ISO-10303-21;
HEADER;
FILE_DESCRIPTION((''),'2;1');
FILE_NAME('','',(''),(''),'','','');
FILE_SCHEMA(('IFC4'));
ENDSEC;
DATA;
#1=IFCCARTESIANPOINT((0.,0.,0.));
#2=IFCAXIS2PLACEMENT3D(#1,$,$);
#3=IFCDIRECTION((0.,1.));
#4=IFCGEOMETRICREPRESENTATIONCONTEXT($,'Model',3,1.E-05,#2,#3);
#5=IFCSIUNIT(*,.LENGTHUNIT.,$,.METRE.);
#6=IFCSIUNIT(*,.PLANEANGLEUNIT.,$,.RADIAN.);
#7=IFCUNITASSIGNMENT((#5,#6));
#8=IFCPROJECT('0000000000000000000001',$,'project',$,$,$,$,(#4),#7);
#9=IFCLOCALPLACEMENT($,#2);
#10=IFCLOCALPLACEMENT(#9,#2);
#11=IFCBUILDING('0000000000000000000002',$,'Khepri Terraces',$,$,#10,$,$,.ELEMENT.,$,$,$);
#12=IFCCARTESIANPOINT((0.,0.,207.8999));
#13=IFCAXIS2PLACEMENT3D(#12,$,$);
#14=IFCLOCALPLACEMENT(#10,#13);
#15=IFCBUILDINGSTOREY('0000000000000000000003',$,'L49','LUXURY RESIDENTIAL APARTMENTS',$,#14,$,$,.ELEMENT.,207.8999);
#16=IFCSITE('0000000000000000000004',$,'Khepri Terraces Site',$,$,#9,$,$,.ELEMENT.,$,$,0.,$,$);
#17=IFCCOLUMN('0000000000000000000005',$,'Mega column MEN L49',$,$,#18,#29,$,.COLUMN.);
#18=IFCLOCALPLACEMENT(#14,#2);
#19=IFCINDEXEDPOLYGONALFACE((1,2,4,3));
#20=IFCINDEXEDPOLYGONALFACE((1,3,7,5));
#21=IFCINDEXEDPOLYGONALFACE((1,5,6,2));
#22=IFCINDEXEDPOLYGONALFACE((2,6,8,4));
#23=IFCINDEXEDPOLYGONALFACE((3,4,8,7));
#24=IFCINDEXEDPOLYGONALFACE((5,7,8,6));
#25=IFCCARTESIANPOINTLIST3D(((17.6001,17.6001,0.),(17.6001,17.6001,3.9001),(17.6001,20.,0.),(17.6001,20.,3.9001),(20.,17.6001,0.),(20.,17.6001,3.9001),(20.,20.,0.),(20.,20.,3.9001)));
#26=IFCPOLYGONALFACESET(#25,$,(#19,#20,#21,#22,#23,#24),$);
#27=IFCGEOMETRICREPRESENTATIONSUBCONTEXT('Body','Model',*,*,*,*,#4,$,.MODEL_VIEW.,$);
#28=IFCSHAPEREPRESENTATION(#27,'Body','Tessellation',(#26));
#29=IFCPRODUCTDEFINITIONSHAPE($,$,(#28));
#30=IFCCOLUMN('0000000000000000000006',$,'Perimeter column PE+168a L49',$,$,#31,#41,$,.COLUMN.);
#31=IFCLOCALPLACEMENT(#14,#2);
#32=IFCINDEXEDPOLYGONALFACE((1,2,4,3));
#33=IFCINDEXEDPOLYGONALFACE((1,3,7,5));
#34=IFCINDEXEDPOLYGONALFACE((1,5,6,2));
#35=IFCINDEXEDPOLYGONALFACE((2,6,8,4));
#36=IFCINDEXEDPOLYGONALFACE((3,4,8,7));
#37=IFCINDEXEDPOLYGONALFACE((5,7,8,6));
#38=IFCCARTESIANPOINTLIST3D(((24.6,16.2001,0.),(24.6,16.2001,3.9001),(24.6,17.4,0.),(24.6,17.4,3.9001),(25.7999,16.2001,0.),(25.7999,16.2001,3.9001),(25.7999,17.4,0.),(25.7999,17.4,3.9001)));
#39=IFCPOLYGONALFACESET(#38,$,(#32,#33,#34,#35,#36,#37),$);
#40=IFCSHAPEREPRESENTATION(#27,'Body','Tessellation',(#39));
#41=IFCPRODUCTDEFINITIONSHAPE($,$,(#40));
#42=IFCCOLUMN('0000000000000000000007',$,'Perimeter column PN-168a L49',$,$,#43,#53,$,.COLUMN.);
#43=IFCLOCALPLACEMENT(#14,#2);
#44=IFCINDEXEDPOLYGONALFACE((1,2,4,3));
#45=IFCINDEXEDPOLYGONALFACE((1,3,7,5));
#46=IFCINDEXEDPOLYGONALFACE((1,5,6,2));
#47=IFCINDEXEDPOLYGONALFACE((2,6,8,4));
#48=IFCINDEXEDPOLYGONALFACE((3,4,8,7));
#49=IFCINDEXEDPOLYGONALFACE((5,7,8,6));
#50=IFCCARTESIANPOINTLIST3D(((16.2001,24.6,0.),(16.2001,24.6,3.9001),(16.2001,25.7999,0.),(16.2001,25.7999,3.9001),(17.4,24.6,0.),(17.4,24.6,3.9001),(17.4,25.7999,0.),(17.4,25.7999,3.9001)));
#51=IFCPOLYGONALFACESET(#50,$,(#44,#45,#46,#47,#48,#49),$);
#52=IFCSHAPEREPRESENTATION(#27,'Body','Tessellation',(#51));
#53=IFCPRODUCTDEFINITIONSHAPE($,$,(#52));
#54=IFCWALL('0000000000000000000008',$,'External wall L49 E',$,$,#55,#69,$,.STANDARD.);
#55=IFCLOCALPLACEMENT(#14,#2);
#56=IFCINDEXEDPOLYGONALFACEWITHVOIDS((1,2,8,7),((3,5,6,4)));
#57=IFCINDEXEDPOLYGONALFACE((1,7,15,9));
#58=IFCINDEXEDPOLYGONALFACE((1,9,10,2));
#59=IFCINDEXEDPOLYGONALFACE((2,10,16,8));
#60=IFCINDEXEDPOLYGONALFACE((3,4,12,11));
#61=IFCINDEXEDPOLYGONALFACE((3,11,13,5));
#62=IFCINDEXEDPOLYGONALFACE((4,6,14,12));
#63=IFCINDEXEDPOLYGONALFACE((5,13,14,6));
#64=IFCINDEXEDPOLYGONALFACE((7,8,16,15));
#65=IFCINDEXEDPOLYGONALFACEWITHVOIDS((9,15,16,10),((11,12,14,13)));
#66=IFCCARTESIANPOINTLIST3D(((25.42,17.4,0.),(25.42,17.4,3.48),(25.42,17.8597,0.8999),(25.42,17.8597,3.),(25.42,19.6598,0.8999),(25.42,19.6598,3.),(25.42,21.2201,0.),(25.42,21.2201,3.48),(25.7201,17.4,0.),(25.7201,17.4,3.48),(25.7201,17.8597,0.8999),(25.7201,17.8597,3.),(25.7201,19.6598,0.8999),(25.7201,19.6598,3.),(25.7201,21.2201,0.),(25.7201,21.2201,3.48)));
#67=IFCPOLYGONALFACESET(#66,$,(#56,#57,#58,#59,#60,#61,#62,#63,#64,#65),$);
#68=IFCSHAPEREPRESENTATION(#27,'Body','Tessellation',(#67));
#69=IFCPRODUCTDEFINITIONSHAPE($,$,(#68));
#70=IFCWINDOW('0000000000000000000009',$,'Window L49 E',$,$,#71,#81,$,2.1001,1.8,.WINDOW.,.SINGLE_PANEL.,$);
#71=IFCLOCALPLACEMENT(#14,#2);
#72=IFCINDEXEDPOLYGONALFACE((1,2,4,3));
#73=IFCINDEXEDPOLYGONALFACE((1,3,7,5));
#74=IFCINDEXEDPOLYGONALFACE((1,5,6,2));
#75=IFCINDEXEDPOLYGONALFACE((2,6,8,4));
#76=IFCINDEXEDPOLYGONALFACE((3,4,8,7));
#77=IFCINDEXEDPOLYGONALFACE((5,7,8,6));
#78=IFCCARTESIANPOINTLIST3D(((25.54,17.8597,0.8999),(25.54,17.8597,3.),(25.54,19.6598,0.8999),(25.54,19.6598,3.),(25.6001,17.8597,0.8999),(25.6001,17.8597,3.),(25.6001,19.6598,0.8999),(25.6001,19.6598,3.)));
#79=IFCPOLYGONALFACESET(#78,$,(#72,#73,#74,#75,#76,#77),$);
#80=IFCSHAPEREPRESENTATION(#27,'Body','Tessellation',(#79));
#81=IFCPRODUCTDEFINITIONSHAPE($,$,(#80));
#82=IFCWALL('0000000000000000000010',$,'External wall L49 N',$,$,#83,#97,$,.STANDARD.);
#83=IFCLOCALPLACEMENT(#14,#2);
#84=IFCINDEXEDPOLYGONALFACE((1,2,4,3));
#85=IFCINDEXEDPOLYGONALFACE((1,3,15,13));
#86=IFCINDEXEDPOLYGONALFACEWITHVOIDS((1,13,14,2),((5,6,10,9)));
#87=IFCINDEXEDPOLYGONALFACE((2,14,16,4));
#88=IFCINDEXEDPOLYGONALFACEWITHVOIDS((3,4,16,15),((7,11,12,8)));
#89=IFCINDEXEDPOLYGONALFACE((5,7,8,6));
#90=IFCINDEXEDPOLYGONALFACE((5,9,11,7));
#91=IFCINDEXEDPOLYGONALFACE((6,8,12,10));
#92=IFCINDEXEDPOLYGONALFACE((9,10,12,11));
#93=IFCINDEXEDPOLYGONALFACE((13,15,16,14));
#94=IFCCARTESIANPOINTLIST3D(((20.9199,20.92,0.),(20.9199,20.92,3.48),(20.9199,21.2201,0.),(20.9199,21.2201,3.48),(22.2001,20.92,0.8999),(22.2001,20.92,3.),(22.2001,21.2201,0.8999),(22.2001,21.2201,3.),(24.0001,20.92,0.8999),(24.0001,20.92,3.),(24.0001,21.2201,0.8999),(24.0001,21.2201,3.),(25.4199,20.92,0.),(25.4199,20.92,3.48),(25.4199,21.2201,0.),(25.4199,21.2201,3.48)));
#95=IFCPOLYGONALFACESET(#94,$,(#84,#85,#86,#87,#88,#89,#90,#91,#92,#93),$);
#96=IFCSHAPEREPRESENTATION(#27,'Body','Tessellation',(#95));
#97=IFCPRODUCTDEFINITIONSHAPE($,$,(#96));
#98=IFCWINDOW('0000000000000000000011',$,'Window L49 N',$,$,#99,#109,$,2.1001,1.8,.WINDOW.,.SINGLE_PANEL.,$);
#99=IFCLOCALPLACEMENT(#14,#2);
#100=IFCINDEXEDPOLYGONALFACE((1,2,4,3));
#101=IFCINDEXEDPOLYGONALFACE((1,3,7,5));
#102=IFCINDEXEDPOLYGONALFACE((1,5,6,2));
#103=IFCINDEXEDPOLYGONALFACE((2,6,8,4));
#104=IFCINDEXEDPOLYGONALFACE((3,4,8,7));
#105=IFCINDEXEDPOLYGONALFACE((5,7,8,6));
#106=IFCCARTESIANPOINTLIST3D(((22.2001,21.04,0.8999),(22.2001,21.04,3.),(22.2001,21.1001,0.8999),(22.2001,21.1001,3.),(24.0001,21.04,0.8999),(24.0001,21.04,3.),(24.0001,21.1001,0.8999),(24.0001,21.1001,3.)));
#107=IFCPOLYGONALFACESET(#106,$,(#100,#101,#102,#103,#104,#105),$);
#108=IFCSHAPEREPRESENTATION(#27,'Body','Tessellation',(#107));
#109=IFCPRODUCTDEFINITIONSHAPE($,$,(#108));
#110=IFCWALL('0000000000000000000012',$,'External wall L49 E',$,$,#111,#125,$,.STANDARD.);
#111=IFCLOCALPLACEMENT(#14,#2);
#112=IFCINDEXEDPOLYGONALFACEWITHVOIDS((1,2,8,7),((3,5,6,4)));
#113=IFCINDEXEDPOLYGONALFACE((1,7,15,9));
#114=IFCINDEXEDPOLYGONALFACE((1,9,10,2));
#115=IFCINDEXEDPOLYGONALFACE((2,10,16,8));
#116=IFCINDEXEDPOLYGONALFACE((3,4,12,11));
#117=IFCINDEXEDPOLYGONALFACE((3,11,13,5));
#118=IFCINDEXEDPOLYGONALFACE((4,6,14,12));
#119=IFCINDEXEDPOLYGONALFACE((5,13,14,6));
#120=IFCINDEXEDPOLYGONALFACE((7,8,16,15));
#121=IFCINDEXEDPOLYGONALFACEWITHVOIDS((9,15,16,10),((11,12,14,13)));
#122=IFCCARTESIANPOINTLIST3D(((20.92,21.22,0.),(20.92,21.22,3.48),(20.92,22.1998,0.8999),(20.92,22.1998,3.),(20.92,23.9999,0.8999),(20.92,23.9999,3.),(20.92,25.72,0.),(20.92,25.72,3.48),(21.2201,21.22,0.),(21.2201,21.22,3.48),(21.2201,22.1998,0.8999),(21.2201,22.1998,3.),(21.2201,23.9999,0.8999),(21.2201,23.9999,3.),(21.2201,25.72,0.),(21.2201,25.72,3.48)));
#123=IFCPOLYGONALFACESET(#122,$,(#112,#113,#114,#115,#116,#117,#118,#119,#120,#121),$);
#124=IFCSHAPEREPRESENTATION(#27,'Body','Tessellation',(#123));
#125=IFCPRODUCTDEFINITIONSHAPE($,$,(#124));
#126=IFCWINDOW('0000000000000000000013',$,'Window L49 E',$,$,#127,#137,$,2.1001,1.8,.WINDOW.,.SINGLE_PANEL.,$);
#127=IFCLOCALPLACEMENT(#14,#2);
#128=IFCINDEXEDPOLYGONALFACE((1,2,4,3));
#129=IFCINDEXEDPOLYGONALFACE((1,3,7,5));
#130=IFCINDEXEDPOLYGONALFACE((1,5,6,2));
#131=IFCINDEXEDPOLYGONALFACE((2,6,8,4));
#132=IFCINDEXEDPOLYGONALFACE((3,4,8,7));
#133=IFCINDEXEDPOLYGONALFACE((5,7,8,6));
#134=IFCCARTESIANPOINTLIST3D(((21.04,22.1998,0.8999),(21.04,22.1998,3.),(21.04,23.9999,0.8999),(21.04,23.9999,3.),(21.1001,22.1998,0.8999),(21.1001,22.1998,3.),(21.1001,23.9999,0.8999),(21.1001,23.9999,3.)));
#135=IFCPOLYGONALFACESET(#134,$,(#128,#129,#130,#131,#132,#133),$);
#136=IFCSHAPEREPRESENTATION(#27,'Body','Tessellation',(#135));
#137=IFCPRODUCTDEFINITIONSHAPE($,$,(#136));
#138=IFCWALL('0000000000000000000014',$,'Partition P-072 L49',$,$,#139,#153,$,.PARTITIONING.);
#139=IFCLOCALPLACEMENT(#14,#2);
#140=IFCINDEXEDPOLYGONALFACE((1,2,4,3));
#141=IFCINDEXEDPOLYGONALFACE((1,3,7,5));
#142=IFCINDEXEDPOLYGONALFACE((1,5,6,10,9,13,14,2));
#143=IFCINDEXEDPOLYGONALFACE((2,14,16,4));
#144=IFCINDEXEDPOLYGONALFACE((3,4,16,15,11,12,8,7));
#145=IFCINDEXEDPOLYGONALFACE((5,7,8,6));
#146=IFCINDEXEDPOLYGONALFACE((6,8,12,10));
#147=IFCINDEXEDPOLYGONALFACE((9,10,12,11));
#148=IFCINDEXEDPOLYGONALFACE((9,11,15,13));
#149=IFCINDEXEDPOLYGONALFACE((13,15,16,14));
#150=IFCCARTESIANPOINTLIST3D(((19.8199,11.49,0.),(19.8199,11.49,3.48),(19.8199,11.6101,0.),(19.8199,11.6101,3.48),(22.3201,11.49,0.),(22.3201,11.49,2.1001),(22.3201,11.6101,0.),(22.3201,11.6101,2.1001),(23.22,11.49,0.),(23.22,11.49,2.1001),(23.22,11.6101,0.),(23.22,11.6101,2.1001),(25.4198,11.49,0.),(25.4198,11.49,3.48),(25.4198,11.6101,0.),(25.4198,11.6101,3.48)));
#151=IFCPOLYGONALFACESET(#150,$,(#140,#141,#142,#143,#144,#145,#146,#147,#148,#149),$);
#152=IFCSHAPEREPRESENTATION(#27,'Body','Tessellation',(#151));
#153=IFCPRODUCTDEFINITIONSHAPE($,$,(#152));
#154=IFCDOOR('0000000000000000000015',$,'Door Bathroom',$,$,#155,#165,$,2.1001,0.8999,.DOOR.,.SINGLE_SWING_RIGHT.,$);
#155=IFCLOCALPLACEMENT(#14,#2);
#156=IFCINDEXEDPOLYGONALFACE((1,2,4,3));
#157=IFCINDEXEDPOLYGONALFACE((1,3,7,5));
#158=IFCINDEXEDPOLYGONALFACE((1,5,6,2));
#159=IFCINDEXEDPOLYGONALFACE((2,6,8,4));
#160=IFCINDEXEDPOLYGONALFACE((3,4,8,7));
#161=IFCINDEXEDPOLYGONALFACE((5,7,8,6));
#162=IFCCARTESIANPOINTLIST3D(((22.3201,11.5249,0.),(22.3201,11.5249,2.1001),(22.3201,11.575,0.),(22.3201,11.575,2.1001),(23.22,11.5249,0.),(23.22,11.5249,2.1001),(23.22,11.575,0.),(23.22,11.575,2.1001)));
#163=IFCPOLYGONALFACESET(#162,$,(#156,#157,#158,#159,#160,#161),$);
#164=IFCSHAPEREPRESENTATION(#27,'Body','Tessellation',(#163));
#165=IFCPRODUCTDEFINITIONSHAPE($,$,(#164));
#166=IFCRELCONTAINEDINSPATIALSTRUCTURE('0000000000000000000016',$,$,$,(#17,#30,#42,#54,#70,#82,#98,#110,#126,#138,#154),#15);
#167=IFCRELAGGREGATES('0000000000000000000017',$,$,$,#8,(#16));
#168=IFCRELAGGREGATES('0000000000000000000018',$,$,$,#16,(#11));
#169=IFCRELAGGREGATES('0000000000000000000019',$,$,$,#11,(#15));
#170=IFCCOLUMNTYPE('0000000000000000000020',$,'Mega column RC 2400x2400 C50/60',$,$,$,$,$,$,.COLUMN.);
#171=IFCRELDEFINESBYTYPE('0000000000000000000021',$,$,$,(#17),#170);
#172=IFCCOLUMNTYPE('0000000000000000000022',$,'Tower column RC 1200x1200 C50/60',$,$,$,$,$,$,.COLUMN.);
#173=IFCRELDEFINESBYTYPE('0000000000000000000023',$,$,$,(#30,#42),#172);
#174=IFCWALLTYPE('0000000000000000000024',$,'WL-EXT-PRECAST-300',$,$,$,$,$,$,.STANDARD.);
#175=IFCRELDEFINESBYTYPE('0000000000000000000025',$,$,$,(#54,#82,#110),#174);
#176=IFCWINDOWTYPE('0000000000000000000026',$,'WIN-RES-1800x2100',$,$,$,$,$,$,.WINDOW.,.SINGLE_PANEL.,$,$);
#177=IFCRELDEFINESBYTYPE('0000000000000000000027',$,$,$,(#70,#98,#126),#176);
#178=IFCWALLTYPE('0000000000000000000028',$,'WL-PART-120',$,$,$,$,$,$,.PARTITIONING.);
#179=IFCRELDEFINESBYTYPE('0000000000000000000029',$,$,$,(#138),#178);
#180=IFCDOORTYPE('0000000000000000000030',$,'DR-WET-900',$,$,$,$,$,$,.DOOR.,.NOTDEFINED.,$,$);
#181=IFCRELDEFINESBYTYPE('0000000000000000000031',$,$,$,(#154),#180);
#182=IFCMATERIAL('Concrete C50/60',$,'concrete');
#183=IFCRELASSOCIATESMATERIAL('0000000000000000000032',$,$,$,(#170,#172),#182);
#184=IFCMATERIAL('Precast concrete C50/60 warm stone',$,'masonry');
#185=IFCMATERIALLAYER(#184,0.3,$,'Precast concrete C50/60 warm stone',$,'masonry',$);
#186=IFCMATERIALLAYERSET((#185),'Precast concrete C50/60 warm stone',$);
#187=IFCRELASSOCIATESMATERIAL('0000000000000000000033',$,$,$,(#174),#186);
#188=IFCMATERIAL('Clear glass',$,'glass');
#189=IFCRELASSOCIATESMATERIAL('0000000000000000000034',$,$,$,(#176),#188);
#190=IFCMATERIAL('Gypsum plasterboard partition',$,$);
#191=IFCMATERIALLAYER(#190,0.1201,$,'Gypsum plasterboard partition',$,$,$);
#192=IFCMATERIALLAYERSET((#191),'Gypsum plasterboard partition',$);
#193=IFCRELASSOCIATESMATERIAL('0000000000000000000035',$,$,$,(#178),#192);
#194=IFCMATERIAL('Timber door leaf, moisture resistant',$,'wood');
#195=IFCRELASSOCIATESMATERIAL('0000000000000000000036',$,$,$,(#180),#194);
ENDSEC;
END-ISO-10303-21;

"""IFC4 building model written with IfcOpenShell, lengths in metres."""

from ifc_helpers import new_model, si_unit, direction, frame, frame_2d, origin, origin_2d, place, context, subcontext, project, spatial, rectangle, extrude, material, layer, layer_set, material_profile, profile_set, type_object, element, fill, save


model = new_model("IFC4")

# Units and contexts
model_context = context("Model", 3, precision=1e-05, world=origin(), true_north=direction((0.0, 1.0)))
body_context = subcontext(model_context, "Body", "Model", "MODEL_VIEW")
ifc_project = project(units=[si_unit("LENGTHUNIT", "METRE"), si_unit("PLANEANGLEUNIT", "RADIAN")], contexts=[model_context])

# Site, building, storey
site_placement = place(None, origin())
site = spatial("IfcSite", under=ifc_project, at=site_placement, Name="Khepri Terraces Site", CompositionType="ELEMENT", RefElevation=0.0)
building_placement = place(site_placement, origin())
building = spatial("IfcBuilding", under=site, at=building_placement, Name="Khepri Terraces", CompositionType="ELEMENT")
storey_placement = place(building_placement, frame((0.0, 0.0, 207.8999)))
storey = spatial("IfcBuildingStorey", under=building, at=storey_placement, Name="L49", Description="LUXURY RESIDENTIAL APARTMENTS", CompositionType="ELEMENT", Elevation=207.8999)

# Columns
ifc_material_1 = material(Name="Concrete C50/60", Category="concrete")
ifc_material_profile_1 = material_profile(ifc_material_1, rectangle(XDim=2.3999, YDim=2.3999, at=origin_2d()), Name="Concrete C50/60", Category="concrete")
ifc_profile_set_1 = profile_set([ifc_material_profile_1], Name="Concrete C50/60")
column_type_1 = type_object("IfcColumnType", Name="Mega column RC 2400x2400 C50/60", PredefinedType="COLUMN", material=ifc_profile_set_1)
column_placement = place(storey_placement, frame((18.8, 18.8, 0.0), z_axis=(0.0, 0.0, 1.0), x_axis=(1.0, 0.0, 0.0)))
element("IfcColumn", 1, at=column_placement, inside=storey, type_object=column_type_1, Name="Mega column MEN L49", PredefinedType="COLUMN", context=body_context, shape_type="SweptSolid", body=[
    extrude(rectangle(XDim=2.3999, YDim=2.3999, at=origin_2d()), origin(), (0.0, 0.0, 1.0), 3.9001),
])
ifc_material_profile_2 = material_profile(ifc_material_1, rectangle(XDim=1.2, YDim=1.2, at=origin_2d()), Name="Concrete C50/60", Category="concrete")
ifc_profile_set_2 = profile_set([ifc_material_profile_2], Name="Concrete C50/60")
column_type_2 = type_object("IfcColumnType", Name="Tower column RC 1200x1200 C50/60", PredefinedType="COLUMN", material=ifc_profile_set_2)
for number, where, z_axis, x_axis, name in (
    (2, (25.2, 16.8, 0.0), (0.0, 0.0, 1.0), (1.0, 0.0, 0.0), "Perimeter column PE+168a L49"),
    (3, (16.8, 25.2, 0.0), (0.0, 0.0, 1.0), (1.0, 0.0, 0.0), "Perimeter column PN-168a L49"),
):
    element("IfcColumn", number, at=place(storey_placement, frame(where, z_axis=z_axis, x_axis=x_axis)), inside=storey, type_object=column_type_2, Name=name, PredefinedType="COLUMN", context=body_context, shape_type="SweptSolid", body=[
        extrude(rectangle(XDim=1.2, YDim=1.2, at=origin_2d()), origin(), (0.0, 0.0, 1.0), 3.9001),
    ])

# Walls, openings, windows
ifc_material_2 = material(Name="Precast concrete C50/60 warm stone", Category="masonry")
ifc_layer_1 = layer(ifc_material_2, 0.3, Name="Precast concrete C50/60 warm stone", Category="masonry")
ifc_layer_set_1 = layer_set([ifc_layer_1], Name="Precast concrete C50/60 warm stone")
wall_type_1 = type_object("IfcWallType", Name="WL-EXT-PRECAST-300", PredefinedType="STANDARD", material=ifc_layer_set_1)
wall_1_placement = place(storey_placement, frame((25.5701, 17.3999, 0.0), z_axis=(0.0, 0.0, 1.0), x_axis=(0.0, 1.0, 0.0)))
wall_1 = element("IfcWall", 4, at=wall_1_placement, inside=storey, type_object=wall_type_1, Name="External wall L49 E", PredefinedType="STANDARD", context=body_context, shape_type="SweptSolid", body=[
    extrude(rectangle(XDim=3.8201, YDim=0.3, at=frame_2d((1.9102, 0.0))), origin(), (0.0, 0.0, 1.0), 3.48),
])
opening_1_placement = place(wall_1_placement, frame((0.46, 0.0, 0.8999)))
opening_1 = element("IfcOpeningElement", 5, at=opening_1_placement, cuts=wall_1, PredefinedType="OPENING", context=body_context, shape_type="SweptSolid", body=[
    extrude(rectangle(XDim=1.8, YDim=2.1001, at=frame_2d((0.8999, 1.05))), frame((0.0, 0.1602, 0.0), z_axis=(0.0, -1.0, 0.0), x_axis=(1.0, 0.0, 0.0)), (0.0, 0.0, 1.0), 0.3201),
])
ifc_material_3 = material(Name="Clear glass", Category="glass")
window_type = type_object("IfcWindowType", Name="WIN-RES-1800x2100", PartitioningType="SINGLE_PANEL", PredefinedType="WINDOW", material=ifc_material_3)
window_1_placement = place(opening_1_placement, origin())
window_1 = element("IfcWindow", 6, at=window_1_placement, inside=storey, type_object=window_type, Name="Window L49 E", OverallHeight=2.1001, OverallWidth=1.8, PartitioningType="SINGLE_PANEL", PredefinedType="WINDOW", context=body_context, shape_type="SweptSolid", body=[
    extrude(rectangle(XDim=1.8, YDim=2.1001, at=frame_2d((0.8999, 1.05))), frame((0.0, 0.03, 0.0), z_axis=(0.0, -1.0, 0.0), x_axis=(1.0, 0.0, 0.0)), (0.0, 0.0, 1.0), 0.0601),
])
fill(opening_1, window_1)
wall_2_placement = place(storey_placement, frame((25.4199, 21.0701, 0.0), z_axis=(0.0, 0.0, 1.0), x_axis=(-1.0, 0.0, 0.0)))
wall_2 = element("IfcWall", 7, at=wall_2_placement, inside=storey, type_object=wall_type_1, Name="External wall L49 N", PredefinedType="STANDARD", context=body_context, shape_type="SweptSolid", body=[
    extrude(rectangle(XDim=4.5, YDim=0.3, at=frame_2d((2.25, 0.0))), origin(), (0.0, 0.0, 1.0), 3.48),
])
opening_2_placement = place(wall_2_placement, frame((1.4199, 0.0, 0.8999)))
opening_2 = element("IfcOpeningElement", 8, at=opening_2_placement, cuts=wall_2, PredefinedType="OPENING", context=body_context, shape_type="SweptSolid", body=[
    extrude(rectangle(XDim=1.8, YDim=2.1001, at=frame_2d((0.8999, 1.05))), frame((0.0, 0.1602, 0.0), z_axis=(0.0, -1.0, 0.0), x_axis=(1.0, 0.0, 0.0)), (0.0, 0.0, 1.0), 0.3201),
])
window_2_placement = place(opening_2_placement, origin())
window_2 = element("IfcWindow", 9, at=window_2_placement, inside=storey, type_object=window_type, Name="Window L49 N", OverallHeight=2.1001, OverallWidth=1.8, PartitioningType="SINGLE_PANEL", PredefinedType="WINDOW", context=body_context, shape_type="SweptSolid", body=[
    extrude(rectangle(XDim=1.8, YDim=2.1001, at=frame_2d((0.8999, 1.05))), frame((0.0, 0.03, 0.0), z_axis=(0.0, -1.0, 0.0), x_axis=(1.0, 0.0, 0.0)), (0.0, 0.0, 1.0), 0.0601),
])
fill(opening_2, window_2)
wall_3_placement = place(storey_placement, frame((21.0701, 21.22, 0.0), z_axis=(0.0, 0.0, 1.0), x_axis=(0.0, 1.0, 0.0)))
wall_3 = element("IfcWall", 10, at=wall_3_placement, inside=storey, type_object=wall_type_1, Name="External wall L49 E", PredefinedType="STANDARD", context=body_context, shape_type="SweptSolid", body=[
    extrude(rectangle(XDim=4.5, YDim=0.3, at=frame_2d((2.25, 0.0))), origin(), (0.0, 0.0, 1.0), 3.48),
])
opening_3_placement = place(wall_3_placement, frame((0.98, 0.0, 0.8999)))
opening_3 = element("IfcOpeningElement", 11, at=opening_3_placement, cuts=wall_3, PredefinedType="OPENING", context=body_context, shape_type="SweptSolid", body=[
    extrude(rectangle(XDim=1.8, YDim=2.1001, at=frame_2d((0.8999, 1.05))), frame((0.0, 0.1602, 0.0), z_axis=(0.0, -1.0, 0.0), x_axis=(1.0, 0.0, 0.0)), (0.0, 0.0, 1.0), 0.3201),
])
window_3_placement = place(opening_3_placement, origin())
window_3 = element("IfcWindow", 12, at=window_3_placement, inside=storey, type_object=window_type, Name="Window L49 E", OverallHeight=2.1001, OverallWidth=1.8, PartitioningType="SINGLE_PANEL", PredefinedType="WINDOW", context=body_context, shape_type="SweptSolid", body=[
    extrude(rectangle(XDim=1.8, YDim=2.1001, at=frame_2d((0.8999, 1.05))), frame((0.0, 0.03, 0.0), z_axis=(0.0, -1.0, 0.0), x_axis=(1.0, 0.0, 0.0)), (0.0, 0.0, 1.0), 0.0601),
])
fill(opening_3, window_3)

# Wall, opening, door
ifc_material_4 = material(Name="Gypsum plasterboard partition")
ifc_layer_2 = layer(ifc_material_4, 0.1201, Name="Gypsum plasterboard partition")
ifc_layer_set_2 = layer_set([ifc_layer_2], Name="Gypsum plasterboard partition")
wall_type_2 = type_object("IfcWallType", Name="WL-PART-120", PredefinedType="PARTITIONING", material=ifc_layer_set_2)
wall_4_placement = place(storey_placement, frame((19.8201, 11.55, 0.0), z_axis=(0.0, 0.0, 1.0), x_axis=(1.0, 0.0, 0.0)))
wall_4 = element("IfcWall", 13, at=wall_4_placement, inside=storey, type_object=wall_type_2, Name="Partition P-072 L49", PredefinedType="PARTITIONING", context=body_context, shape_type="SweptSolid", body=[
    extrude(rectangle(XDim=5.5999, YDim=0.1201, at=frame_2d((2.7998, 0.0))), origin(), (0.0, 0.0, 1.0), 3.48),
])
opening_4_placement = place(wall_4_placement, frame((2.5, 0.0, 0.0)))
opening_4 = element("IfcOpeningElement", 14, at=opening_4_placement, cuts=wall_4, PredefinedType="OPENING", context=body_context, shape_type="SweptSolid", body=[
    extrude(rectangle(XDim=0.8999, YDim=2.1001, at=frame_2d((0.45, 1.05))), frame((0.0, 0.0701, 0.0), z_axis=(0.0, -1.0, 0.0), x_axis=(1.0, 0.0, 0.0)), (0.0, 0.0, 1.0), 0.1401),
])
ifc_material_5 = material(Name="Timber door leaf, moisture resistant", Category="wood")
door_type_1 = type_object("IfcDoorType", Name="DR-WET-900", OperationType="NOTDEFINED", PredefinedType="DOOR", material=ifc_material_5)
door_1_placement = place(opening_4_placement, origin())
door_1 = element("IfcDoor", 15, at=door_1_placement, inside=storey, type_object=door_type_1, Name="Door Bathroom", OperationType="SINGLE_SWING_RIGHT", OverallHeight=2.1001, OverallWidth=0.8999, PredefinedType="DOOR", context=body_context, shape_type="SweptSolid", body=[
    extrude(rectangle(XDim=0.8999, YDim=2.1001, at=frame_2d((0.45, 1.05))), frame((0.0, 0.0249, 0.0), z_axis=(0.0, -1.0, 0.0), x_axis=(1.0, 0.0, 0.0)), (0.0, 0.0, 1.0), 0.05),
])
fill(opening_4, door_1)

save(model, "model.ifc")
